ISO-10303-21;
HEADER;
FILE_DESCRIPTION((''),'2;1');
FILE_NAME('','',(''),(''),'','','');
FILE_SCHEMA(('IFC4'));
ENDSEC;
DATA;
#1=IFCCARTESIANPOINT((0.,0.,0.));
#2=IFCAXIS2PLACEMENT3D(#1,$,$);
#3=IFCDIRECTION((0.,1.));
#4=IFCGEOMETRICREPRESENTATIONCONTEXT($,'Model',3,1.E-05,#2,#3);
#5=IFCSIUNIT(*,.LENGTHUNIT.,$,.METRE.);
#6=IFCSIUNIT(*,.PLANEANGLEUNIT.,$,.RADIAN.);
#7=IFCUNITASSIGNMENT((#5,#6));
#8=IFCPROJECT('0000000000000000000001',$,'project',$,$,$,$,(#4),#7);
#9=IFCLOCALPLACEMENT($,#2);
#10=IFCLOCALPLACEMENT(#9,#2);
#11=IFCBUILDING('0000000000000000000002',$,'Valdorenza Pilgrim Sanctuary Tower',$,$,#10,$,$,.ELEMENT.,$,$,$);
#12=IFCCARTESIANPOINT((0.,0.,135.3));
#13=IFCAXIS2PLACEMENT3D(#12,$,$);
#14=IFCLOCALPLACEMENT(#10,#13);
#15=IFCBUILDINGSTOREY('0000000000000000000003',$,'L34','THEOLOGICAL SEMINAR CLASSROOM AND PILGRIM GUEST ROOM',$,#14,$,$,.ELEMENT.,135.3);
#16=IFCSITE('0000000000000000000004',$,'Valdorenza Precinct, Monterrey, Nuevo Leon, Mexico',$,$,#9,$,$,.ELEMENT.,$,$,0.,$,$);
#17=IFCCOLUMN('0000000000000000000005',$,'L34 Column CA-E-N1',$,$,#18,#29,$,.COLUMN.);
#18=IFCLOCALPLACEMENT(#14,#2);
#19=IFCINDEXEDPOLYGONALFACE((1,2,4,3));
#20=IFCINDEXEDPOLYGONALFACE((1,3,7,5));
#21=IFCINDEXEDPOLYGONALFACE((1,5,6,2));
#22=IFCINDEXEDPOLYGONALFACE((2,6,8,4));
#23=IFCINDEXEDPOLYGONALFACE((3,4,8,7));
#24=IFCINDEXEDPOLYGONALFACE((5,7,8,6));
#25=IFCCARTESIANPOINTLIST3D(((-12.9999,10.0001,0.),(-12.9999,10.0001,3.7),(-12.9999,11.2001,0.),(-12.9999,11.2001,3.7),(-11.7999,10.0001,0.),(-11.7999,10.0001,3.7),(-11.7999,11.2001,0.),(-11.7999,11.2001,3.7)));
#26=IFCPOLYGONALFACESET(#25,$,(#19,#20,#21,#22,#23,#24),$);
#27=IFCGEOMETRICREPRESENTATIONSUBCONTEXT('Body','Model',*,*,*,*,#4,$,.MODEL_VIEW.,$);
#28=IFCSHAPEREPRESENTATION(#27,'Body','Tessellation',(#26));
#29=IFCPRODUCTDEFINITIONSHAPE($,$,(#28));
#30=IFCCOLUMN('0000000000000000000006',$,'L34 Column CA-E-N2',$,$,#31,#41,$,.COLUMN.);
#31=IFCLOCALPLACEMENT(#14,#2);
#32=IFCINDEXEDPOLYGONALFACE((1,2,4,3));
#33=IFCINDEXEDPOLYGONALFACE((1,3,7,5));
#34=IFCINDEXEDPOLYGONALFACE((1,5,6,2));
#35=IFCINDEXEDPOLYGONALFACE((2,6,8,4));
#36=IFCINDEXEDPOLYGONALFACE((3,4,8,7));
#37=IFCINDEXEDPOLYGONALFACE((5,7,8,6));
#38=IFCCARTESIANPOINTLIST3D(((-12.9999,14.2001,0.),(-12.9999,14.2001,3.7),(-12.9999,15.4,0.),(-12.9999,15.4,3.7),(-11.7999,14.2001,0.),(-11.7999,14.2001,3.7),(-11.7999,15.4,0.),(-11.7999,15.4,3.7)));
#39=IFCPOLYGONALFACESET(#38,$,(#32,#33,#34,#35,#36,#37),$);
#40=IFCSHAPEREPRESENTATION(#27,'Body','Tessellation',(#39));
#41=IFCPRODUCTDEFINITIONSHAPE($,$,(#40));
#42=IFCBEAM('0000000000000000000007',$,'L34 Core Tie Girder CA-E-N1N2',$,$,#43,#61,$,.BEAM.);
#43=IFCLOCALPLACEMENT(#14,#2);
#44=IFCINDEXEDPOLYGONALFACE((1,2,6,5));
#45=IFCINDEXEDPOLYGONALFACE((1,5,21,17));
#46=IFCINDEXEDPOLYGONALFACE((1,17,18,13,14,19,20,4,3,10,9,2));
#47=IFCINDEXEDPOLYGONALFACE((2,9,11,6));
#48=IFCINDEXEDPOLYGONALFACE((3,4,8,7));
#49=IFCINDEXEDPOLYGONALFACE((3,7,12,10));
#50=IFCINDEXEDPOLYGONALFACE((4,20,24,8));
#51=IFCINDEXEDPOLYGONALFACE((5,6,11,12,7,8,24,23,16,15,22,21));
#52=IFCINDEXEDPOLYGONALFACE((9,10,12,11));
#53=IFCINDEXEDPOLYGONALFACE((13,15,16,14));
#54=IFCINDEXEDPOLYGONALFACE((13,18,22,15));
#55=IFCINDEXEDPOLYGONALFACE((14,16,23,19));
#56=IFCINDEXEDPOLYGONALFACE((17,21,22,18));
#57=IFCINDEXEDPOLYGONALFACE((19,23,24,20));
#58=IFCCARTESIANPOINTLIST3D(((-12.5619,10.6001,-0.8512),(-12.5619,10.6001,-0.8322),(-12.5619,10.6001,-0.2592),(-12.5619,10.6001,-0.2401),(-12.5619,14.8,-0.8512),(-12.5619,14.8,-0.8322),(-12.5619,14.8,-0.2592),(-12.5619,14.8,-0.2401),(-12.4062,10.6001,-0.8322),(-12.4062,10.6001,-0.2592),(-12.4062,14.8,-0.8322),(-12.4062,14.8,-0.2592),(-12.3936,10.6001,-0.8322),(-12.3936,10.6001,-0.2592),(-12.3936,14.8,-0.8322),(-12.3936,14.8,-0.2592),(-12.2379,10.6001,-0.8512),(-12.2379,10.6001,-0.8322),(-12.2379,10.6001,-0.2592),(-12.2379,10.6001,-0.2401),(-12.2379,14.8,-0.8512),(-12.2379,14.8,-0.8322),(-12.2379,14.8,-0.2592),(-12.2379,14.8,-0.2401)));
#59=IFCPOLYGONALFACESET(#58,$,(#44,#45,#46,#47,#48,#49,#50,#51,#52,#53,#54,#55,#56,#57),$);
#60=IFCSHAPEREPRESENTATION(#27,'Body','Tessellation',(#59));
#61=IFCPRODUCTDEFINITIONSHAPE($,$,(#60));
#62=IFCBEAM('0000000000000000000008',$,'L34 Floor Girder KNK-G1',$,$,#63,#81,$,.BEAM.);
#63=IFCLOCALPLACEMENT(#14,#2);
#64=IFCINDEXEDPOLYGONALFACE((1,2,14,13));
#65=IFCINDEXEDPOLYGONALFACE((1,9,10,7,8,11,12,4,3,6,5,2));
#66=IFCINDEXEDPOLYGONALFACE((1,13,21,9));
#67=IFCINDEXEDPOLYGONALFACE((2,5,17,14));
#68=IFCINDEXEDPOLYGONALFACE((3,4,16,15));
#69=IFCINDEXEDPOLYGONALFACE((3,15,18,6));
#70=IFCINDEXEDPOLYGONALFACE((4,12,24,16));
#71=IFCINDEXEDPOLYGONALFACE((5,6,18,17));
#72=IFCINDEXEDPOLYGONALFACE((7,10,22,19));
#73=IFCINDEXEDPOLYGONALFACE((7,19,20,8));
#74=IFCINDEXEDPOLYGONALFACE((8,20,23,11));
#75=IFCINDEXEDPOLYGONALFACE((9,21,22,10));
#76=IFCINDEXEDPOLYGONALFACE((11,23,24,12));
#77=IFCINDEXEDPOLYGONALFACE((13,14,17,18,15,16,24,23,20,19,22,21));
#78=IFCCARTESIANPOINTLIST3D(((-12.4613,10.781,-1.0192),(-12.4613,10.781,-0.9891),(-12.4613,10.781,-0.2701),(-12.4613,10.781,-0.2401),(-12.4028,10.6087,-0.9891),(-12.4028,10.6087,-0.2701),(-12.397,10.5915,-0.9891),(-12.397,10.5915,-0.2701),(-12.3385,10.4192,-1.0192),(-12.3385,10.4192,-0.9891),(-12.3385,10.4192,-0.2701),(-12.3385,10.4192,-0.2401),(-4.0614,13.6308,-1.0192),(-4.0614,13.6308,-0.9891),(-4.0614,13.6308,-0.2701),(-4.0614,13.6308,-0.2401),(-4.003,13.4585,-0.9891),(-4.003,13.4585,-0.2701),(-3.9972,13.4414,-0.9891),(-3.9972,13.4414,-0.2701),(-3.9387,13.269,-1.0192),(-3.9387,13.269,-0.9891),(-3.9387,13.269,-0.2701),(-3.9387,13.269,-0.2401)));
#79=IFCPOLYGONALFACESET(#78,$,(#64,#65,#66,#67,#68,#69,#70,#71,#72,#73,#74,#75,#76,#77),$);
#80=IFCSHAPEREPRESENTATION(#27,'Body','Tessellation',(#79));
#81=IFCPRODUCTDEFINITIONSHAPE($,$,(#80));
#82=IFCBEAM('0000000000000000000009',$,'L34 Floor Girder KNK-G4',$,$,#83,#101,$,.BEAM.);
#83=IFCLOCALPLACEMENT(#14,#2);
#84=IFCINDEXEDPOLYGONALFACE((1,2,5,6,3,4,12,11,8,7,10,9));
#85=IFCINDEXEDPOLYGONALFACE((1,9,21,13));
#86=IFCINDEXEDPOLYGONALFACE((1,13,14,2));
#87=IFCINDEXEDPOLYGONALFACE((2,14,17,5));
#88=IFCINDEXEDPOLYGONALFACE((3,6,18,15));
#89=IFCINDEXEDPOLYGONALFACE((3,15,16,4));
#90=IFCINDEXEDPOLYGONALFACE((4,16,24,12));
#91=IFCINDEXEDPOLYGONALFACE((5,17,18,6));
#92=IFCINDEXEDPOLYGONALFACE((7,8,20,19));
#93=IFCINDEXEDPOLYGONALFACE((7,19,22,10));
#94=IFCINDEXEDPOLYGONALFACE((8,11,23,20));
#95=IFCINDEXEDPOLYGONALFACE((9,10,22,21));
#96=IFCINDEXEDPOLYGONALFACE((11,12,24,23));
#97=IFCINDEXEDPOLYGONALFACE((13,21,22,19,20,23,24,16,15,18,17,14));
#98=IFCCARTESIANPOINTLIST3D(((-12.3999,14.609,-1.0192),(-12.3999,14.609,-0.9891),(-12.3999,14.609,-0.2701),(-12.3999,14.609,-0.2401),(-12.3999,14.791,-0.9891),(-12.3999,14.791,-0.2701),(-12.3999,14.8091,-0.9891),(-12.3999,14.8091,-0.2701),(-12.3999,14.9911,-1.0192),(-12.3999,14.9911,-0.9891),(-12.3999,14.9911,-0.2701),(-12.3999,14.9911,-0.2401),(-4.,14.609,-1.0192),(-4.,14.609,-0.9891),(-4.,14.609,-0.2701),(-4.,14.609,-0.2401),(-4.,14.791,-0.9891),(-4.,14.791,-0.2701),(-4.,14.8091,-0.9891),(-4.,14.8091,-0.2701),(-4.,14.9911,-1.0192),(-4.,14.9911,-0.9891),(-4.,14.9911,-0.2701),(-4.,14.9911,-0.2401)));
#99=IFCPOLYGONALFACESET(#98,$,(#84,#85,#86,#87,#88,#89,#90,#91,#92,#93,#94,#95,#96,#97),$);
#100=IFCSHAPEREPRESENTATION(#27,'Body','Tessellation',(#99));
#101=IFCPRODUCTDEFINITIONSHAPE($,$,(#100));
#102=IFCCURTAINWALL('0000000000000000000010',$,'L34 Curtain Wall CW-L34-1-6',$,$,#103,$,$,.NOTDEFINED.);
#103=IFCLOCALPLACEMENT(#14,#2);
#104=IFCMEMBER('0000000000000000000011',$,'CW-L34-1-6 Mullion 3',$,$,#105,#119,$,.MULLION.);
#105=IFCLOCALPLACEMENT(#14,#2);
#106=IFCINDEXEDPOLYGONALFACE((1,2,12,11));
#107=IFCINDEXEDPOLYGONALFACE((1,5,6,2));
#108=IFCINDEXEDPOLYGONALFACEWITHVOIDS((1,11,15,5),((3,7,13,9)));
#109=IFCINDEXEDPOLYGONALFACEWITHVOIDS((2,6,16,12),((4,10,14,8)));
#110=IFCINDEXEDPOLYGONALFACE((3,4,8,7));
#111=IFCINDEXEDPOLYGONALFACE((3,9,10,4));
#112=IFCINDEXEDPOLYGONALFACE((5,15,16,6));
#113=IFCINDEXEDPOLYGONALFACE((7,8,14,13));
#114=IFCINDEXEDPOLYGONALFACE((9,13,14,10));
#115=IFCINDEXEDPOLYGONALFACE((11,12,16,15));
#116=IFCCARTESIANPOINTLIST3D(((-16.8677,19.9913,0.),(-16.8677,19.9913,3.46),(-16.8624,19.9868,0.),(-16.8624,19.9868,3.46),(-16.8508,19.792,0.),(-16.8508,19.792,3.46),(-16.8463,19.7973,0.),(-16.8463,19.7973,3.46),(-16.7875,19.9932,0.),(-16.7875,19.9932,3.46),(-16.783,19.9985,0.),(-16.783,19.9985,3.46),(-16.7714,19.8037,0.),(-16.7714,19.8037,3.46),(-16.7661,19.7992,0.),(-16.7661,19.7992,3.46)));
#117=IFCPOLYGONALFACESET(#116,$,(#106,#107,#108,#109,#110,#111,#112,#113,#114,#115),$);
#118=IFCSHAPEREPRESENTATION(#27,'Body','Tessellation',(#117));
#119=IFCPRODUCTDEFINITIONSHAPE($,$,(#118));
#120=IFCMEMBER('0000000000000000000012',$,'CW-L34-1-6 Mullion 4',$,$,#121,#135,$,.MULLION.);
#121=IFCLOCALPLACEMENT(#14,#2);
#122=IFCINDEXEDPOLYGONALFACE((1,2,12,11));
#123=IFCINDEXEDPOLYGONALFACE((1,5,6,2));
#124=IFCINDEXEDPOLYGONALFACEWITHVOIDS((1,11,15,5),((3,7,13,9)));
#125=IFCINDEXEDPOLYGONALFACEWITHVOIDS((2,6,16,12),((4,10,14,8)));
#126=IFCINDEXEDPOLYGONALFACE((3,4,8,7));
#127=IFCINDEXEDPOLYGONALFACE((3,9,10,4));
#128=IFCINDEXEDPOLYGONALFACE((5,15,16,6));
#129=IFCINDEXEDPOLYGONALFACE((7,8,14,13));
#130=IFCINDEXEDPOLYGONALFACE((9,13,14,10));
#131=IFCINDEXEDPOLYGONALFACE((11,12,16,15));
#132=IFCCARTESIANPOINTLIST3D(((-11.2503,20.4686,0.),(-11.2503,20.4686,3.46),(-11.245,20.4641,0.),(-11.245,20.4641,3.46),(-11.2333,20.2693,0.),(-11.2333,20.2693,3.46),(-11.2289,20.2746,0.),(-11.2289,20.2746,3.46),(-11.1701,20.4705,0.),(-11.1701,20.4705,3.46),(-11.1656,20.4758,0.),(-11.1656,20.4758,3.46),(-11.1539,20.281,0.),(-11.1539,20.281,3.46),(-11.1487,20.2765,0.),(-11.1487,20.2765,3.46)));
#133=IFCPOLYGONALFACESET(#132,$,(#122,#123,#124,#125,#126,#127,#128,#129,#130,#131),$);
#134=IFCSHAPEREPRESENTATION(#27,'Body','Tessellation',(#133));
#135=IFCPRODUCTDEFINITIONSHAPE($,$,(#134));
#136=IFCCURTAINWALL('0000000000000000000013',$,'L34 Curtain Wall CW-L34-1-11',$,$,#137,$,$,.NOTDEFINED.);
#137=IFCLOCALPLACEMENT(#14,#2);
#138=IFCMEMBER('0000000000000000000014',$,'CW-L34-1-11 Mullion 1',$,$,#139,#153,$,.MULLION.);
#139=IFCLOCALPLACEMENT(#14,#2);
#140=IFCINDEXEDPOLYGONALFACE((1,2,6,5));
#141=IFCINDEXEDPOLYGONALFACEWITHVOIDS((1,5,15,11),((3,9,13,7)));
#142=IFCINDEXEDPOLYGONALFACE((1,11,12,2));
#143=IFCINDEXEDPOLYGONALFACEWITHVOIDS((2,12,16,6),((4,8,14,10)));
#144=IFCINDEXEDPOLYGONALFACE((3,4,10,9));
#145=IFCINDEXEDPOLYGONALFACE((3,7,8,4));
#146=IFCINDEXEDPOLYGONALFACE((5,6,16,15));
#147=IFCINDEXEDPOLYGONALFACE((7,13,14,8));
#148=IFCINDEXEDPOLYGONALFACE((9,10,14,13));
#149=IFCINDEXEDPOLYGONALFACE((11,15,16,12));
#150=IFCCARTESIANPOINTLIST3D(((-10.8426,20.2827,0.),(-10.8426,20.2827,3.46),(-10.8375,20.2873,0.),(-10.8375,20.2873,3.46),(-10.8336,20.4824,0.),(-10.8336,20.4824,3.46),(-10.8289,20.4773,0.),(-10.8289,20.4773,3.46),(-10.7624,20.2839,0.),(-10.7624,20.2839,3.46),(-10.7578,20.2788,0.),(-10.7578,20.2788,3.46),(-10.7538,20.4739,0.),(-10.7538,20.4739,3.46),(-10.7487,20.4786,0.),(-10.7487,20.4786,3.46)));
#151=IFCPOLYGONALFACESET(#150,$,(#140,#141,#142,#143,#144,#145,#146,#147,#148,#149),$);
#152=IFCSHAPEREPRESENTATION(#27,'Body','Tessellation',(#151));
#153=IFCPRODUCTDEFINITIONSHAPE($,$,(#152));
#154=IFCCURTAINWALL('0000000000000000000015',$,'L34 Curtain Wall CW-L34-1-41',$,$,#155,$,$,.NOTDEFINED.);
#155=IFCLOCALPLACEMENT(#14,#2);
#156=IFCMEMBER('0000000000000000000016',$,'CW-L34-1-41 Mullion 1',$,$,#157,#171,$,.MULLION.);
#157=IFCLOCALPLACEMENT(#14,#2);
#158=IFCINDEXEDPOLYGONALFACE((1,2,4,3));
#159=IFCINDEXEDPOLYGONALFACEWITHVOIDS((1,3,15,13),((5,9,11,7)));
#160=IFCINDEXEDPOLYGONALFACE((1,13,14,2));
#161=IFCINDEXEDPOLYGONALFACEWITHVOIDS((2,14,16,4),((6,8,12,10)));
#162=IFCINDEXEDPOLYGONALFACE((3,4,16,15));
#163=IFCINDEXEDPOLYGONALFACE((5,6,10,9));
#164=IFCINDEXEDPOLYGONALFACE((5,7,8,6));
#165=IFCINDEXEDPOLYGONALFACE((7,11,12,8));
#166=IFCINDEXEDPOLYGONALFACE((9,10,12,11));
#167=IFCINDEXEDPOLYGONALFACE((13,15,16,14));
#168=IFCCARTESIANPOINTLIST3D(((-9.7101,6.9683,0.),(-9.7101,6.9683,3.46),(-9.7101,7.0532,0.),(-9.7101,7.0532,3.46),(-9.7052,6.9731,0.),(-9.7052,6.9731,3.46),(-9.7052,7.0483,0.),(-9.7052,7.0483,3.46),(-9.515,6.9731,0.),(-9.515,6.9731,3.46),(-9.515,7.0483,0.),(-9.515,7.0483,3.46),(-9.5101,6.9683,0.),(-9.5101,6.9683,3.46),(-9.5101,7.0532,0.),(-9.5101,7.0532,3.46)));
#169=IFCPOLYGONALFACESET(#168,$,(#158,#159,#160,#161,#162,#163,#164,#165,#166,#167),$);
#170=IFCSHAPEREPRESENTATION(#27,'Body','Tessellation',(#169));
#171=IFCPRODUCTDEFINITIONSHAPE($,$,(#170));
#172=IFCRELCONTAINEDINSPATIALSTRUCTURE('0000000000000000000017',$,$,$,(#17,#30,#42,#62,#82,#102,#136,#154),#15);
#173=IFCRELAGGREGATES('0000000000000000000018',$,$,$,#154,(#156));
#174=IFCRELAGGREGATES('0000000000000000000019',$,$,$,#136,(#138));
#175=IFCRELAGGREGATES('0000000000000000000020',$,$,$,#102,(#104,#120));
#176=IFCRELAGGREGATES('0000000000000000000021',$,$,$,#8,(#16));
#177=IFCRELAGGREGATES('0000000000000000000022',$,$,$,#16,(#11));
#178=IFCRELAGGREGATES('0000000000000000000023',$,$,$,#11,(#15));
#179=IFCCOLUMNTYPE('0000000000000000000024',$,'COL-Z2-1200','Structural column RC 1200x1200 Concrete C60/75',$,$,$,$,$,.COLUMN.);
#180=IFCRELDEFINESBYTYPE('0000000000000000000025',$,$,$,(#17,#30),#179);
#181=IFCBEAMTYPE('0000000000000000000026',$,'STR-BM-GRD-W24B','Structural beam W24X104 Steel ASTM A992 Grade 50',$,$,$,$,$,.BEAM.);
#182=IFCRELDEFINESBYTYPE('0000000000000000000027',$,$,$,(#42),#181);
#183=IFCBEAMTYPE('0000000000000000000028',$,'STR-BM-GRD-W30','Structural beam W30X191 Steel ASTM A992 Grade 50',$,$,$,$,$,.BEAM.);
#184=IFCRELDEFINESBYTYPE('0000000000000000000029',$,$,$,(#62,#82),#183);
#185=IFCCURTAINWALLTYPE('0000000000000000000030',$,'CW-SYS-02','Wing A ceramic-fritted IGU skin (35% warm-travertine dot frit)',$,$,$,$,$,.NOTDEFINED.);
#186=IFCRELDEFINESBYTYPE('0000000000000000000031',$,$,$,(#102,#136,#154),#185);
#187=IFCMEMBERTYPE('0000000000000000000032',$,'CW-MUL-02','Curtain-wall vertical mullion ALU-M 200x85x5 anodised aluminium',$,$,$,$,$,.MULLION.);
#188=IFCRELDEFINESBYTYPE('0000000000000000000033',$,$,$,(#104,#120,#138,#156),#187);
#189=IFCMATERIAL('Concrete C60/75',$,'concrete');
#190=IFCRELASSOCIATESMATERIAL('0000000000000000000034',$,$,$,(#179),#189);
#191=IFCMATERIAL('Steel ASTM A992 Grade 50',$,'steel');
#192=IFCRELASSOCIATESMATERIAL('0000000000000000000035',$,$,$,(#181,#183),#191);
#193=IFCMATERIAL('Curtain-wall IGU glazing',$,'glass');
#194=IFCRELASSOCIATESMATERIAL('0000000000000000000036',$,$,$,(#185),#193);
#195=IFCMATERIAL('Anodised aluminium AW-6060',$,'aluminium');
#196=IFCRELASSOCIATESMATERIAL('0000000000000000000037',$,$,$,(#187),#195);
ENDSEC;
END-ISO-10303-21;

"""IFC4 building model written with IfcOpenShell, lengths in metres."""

from ifc_helpers import new_model, si_unit, direction, frame, origin, origin_2d, place, context, subcontext, project, spatial, rectangle, hollow_rectangle, i_section, extrude, source, transform, mapped, material, material_profile, profile_set, type_object, element, aggregate, save


model = new_model("IFC4")

# Units and contexts
model_context = context("Model", 3, precision=1e-05, world=origin(), true_north=direction((0.0, 1.0)))
body_context = subcontext(model_context, "Body", "Model", "MODEL_VIEW")
ifc_project = project(units=[si_unit("LENGTHUNIT", "METRE"), si_unit("PLANEANGLEUNIT", "RADIAN")], contexts=[model_context])

# Site, building, storey
site_placement = place(None, origin())
site = spatial("IfcSite", under=ifc_project, at=site_placement, Name="Valdorenza Precinct, Monterrey, Nuevo Leon, Mexico", CompositionType="ELEMENT", RefElevation=0.0)
building_placement = place(site_placement, origin())
building = spatial("IfcBuilding", under=site, at=building_placement, Name="Valdorenza Pilgrim Sanctuary Tower", CompositionType="ELEMENT")
storey_placement = place(building_placement, frame((0.0, 0.0, 135.3)))
storey = spatial("IfcBuildingStorey", under=building, at=storey_placement, Name="L34", Description="THEOLOGICAL SEMINAR CLASSROOM AND PILGRIM GUEST ROOM", CompositionType="ELEMENT", Elevation=135.3)

# Columns
ifc_material_1 = material(Name="Concrete C60/75", Category="concrete")
ifc_material_profile_1 = material_profile(ifc_material_1, rectangle(XDim=1.2, YDim=1.2, at=origin_2d()), Name="RC 1200x1200")
ifc_profile_set_1 = profile_set([ifc_material_profile_1], Name="Concrete C60/75")
column_type = type_object("IfcColumnType", Name="COL-Z2-1200", Description="Structural column RC 1200x1200 Concrete C60/75", PredefinedType="COLUMN", material=ifc_profile_set_1)
shared_shape_1 = source(origin(), body_context, "Body", "SweptSolid", [
    extrude(rectangle(XDim=1.2, YDim=1.2, at=origin_2d()), origin(), (0.0, 0.0, 1.0), 3.7),
])
for number, where, z_axis, x_axis, name in (
    (1, (-12.3999, 10.6001, 0.0), (0.0, 0.0, 1.0), (1.0, 0.0, 0.0), "L34 Column CA-E-N1"),
    (2, (-12.3999, 14.8, 0.0), (0.0, 0.0, 1.0), (1.0, 0.0, 0.0), "L34 Column CA-E-N2"),
):
    element("IfcColumn", number, at=place(storey_placement, frame(where, z_axis=z_axis, x_axis=x_axis)), inside=storey, type_object=column_type, Name=name, PredefinedType="COLUMN", context=body_context, shape_type="MappedRepresentation", body=[
        mapped(shared_shape_1, transform((0.0, 0.0, 0.0), x_axis=(1.0, 0.0, 0.0), y_axis=(0.0, 1.0, 0.0), z_axis=(0.0, 0.0, 1.0), scale=1.0)),
    ])

# Beams
ifc_material_2 = material(Name="Steel ASTM A992 Grade 50", Category="steel")
ifc_material_profile_2 = material_profile(ifc_material_2, i_section(OverallWidth=0.324, OverallDepth=0.6111, WebThickness=0.0127, FlangeThickness=0.019, at=origin_2d()), Name="W24X104")
ifc_profile_set_2 = profile_set([ifc_material_profile_2], Name="Steel ASTM A992 Grade 50")
beam_type_1 = type_object("IfcBeamType", Name="STR-BM-GRD-W24B", Description="Structural beam W24X104 Steel ASTM A992 Grade 50", PredefinedType="BEAM", material=ifc_profile_set_2)
shared_shape_2 = source(origin(), body_context, "Body", "SweptSolid", [
    extrude(i_section(OverallWidth=0.324, OverallDepth=0.6111, WebThickness=0.0127, FlangeThickness=0.019, at=origin_2d()), origin(), (0.0, 0.0, 1.0), 4.2),
])
beam_1_placement = place(storey_placement, frame((-12.3999, 10.6001, -0.5457), z_axis=(0.0, 1.0, 0.0), x_axis=(-1.0, 0.0, 0.0)))
element("IfcBeam", 3, at=beam_1_placement, inside=storey, type_object=beam_type_1, Name="L34 Core Tie Girder CA-E-N1N2", PredefinedType="BEAM", context=body_context, shape_type="MappedRepresentation", body=[
    mapped(shared_shape_2, transform((0.0, 0.0, 0.0), x_axis=(1.0, 0.0, 0.0), y_axis=(0.0, 1.0, 0.0), z_axis=(0.0, 0.0, 1.0), scale=1.0)),
])
ifc_material_profile_3 = material_profile(ifc_material_2, i_section(OverallWidth=0.3821, OverallDepth=0.7791, WebThickness=0.0181, FlangeThickness=0.03, at=origin_2d()), Name="W30X191")
ifc_profile_set_3 = profile_set([ifc_material_profile_3], Name="Steel ASTM A992 Grade 50")
beam_type_2 = type_object("IfcBeamType", Name="STR-BM-GRD-W30", Description="Structural beam W30X191 Steel ASTM A992 Grade 50", PredefinedType="BEAM", material=ifc_profile_set_3)
shared_shape_3 = source(origin(), body_context, "Body", "SweptSolid", [
    extrude(i_section(OverallWidth=0.3821, OverallDepth=0.7791, WebThickness=0.0181, FlangeThickness=0.03, at=origin_2d()), origin(), (0.0, 0.0, 1.0), 8.8701),
])
beam_2_placement = place(storey_placement, frame((-12.3999, 10.6001, -0.6296), z_axis=(0.946983, 0.321285, 0.0), x_axis=(-0.321285, 0.946983, 0.0)))
element("IfcBeam", 4, at=beam_2_placement, inside=storey, type_object=beam_type_2, Name="L34 Floor Girder KNK-G1", PredefinedType="BEAM", context=body_context, shape_type="MappedRepresentation", body=[
    mapped(shared_shape_3, transform((0.0, 0.0, 0.0), x_axis=(1.0, 0.0, 0.0), y_axis=(0.0, 1.0, 0.0), z_axis=(0.0, 0.0, 1.0), scale=1.0)),
])
shared_shape_4 = source(origin(), body_context, "Body", "SweptSolid", [
    extrude(i_section(OverallWidth=0.3821, OverallDepth=0.7791, WebThickness=0.0181, FlangeThickness=0.03, at=origin_2d()), origin(), (0.0, 0.0, 1.0), 8.3999),
])
beam_3_placement = place(storey_placement, frame((-12.3999, 14.8, -0.6296), z_axis=(1.0, 0.0, 0.0), x_axis=(0.0, 1.0, 0.0)))
element("IfcBeam", 5, at=beam_3_placement, inside=storey, type_object=beam_type_2, Name="L34 Floor Girder KNK-G4", PredefinedType="BEAM", context=body_context, shape_type="MappedRepresentation", body=[
    mapped(shared_shape_4, transform((0.0, 0.0, 0.0), x_axis=(1.0, 0.0, 0.0), y_axis=(0.0, 1.0, 0.0), z_axis=(0.0, 0.0, 1.0), scale=1.0)),
])

# Curtain wall, members
ifc_material_3 = material(Name="Curtain-wall IGU glazing", Category="glass")
curtain_wall_type = type_object("IfcCurtainWallType", Name="CW-SYS-02", Description="Wing A ceramic-fritted IGU skin (35% warm-travertine dot frit)", PredefinedType="NOTDEFINED", material=ifc_material_3)
curtain_wall_1_placement = place(storey_placement, origin())
curtain_wall_1 = element("IfcCurtainWall", 6, at=curtain_wall_1_placement, inside=storey, type_object=curtain_wall_type, Name="L34 Curtain Wall CW-L34-1-6", PredefinedType="NOTDEFINED")
ifc_material_4 = material(Name="Anodised aluminium AW-6060", Category="aluminium")
ifc_material_profile_4 = material_profile(ifc_material_4, hollow_rectangle(XDim=0.085, YDim=0.2, WallThickness=0.0049, at=origin_2d()), Name="ALU-M 200x85x5")
ifc_profile_set_4 = profile_set([ifc_material_profile_4], Name="Anodised aluminium AW-6060")
member_type_1 = type_object("IfcMemberType", Name="CW-MUL-02", Description="Curtain-wall vertical mullion ALU-M 200x85x5 anodised aluminium", PredefinedType="MULLION", material=ifc_profile_set_4)
shared_shape_5 = source(origin(), body_context, "Body", "SweptSolid", [
    extrude(hollow_rectangle(XDim=0.085, YDim=0.2, WallThickness=0.0049, at=origin_2d()), origin(), (0.0, 0.0, 1.0), 3.46),
])
member_1_placement = place(storey_placement, frame((-16.8169, 19.8953, 0.0), z_axis=(0.0, 0.0, 1.0), x_axis=(0.996408, 0.084687, 0.0)))
member_1 = element("IfcMember", 7, at=member_1_placement, type_object=member_type_1, Name="CW-L34-1-6 Mullion 3", PredefinedType="MULLION", context=body_context, shape_type="MappedRepresentation", body=[
    mapped(shared_shape_5, transform((0.0, 0.0, 0.0), x_axis=(1.0, 0.0, 0.0), y_axis=(0.0, 1.0, 0.0), z_axis=(0.0, 0.0, 1.0), scale=1.0)),
])
member_2_placement = place(storey_placement, frame((-11.1995, 20.3726, 0.0), z_axis=(0.0, 0.0, 1.0), x_axis=(0.996408, 0.084687, 0.0)))
member_2 = element("IfcMember", 8, at=member_2_placement, type_object=member_type_1, Name="CW-L34-1-6 Mullion 4", PredefinedType="MULLION", context=body_context, shape_type="MappedRepresentation", body=[
    mapped(shared_shape_5, transform((0.0, 0.0, 0.0), x_axis=(1.0, 0.0, 0.0), y_axis=(0.0, 1.0, 0.0), z_axis=(0.0, 0.0, 1.0), scale=1.0)),
])

# Curtain walls, members
curtain_wall_2_placement = place(storey_placement, origin())
curtain_wall_2 = element("IfcCurtainWall", 9, at=curtain_wall_2_placement, inside=storey, type_object=curtain_wall_type, Name="L34 Curtain Wall CW-L34-1-11", PredefinedType="NOTDEFINED")
member_3_placement = place(storey_placement, frame((-10.7957, 20.3806, 0.0), z_axis=(0.0, 0.0, 1.0), x_axis=(0.998968, -0.045415, 0.0)))
member_3 = element("IfcMember", 10, at=member_3_placement, type_object=member_type_1, Name="CW-L34-1-11 Mullion 1", PredefinedType="MULLION", context=body_context, shape_type="MappedRepresentation", body=[
    mapped(shared_shape_5, transform((0.0, 0.0, 0.0), x_axis=(1.0, 0.0, 0.0), y_axis=(0.0, 1.0, 0.0), z_axis=(0.0, 0.0, 1.0), scale=1.0)),
])
curtain_wall_3_placement = place(storey_placement, origin())
curtain_wall_3 = element("IfcCurtainWall", 11, at=curtain_wall_3_placement, inside=storey, type_object=curtain_wall_type, Name="L34 Curtain Wall CW-L34-1-41", PredefinedType="NOTDEFINED")
member_4_placement = place(storey_placement, frame((-9.6101, 7.0107, 0.0), z_axis=(0.0, 0.0, 1.0), x_axis=(0.0, -1.0, 0.0)))
member_4 = element("IfcMember", 12, at=member_4_placement, type_object=member_type_1, Name="CW-L34-1-41 Mullion 1", PredefinedType="MULLION", context=body_context, shape_type="MappedRepresentation", body=[
    mapped(shared_shape_5, transform((0.0, 0.0, 0.0), x_axis=(1.0, 0.0, 0.0), y_axis=(0.0, 1.0, 0.0), z_axis=(0.0, 0.0, 1.0), scale=1.0)),
])

aggregate(curtain_wall_3, [member_4])

aggregate(curtain_wall_2, [member_3])
aggregate(curtain_wall_1, [member_1, member_2])

save(model, "model.ifc")
